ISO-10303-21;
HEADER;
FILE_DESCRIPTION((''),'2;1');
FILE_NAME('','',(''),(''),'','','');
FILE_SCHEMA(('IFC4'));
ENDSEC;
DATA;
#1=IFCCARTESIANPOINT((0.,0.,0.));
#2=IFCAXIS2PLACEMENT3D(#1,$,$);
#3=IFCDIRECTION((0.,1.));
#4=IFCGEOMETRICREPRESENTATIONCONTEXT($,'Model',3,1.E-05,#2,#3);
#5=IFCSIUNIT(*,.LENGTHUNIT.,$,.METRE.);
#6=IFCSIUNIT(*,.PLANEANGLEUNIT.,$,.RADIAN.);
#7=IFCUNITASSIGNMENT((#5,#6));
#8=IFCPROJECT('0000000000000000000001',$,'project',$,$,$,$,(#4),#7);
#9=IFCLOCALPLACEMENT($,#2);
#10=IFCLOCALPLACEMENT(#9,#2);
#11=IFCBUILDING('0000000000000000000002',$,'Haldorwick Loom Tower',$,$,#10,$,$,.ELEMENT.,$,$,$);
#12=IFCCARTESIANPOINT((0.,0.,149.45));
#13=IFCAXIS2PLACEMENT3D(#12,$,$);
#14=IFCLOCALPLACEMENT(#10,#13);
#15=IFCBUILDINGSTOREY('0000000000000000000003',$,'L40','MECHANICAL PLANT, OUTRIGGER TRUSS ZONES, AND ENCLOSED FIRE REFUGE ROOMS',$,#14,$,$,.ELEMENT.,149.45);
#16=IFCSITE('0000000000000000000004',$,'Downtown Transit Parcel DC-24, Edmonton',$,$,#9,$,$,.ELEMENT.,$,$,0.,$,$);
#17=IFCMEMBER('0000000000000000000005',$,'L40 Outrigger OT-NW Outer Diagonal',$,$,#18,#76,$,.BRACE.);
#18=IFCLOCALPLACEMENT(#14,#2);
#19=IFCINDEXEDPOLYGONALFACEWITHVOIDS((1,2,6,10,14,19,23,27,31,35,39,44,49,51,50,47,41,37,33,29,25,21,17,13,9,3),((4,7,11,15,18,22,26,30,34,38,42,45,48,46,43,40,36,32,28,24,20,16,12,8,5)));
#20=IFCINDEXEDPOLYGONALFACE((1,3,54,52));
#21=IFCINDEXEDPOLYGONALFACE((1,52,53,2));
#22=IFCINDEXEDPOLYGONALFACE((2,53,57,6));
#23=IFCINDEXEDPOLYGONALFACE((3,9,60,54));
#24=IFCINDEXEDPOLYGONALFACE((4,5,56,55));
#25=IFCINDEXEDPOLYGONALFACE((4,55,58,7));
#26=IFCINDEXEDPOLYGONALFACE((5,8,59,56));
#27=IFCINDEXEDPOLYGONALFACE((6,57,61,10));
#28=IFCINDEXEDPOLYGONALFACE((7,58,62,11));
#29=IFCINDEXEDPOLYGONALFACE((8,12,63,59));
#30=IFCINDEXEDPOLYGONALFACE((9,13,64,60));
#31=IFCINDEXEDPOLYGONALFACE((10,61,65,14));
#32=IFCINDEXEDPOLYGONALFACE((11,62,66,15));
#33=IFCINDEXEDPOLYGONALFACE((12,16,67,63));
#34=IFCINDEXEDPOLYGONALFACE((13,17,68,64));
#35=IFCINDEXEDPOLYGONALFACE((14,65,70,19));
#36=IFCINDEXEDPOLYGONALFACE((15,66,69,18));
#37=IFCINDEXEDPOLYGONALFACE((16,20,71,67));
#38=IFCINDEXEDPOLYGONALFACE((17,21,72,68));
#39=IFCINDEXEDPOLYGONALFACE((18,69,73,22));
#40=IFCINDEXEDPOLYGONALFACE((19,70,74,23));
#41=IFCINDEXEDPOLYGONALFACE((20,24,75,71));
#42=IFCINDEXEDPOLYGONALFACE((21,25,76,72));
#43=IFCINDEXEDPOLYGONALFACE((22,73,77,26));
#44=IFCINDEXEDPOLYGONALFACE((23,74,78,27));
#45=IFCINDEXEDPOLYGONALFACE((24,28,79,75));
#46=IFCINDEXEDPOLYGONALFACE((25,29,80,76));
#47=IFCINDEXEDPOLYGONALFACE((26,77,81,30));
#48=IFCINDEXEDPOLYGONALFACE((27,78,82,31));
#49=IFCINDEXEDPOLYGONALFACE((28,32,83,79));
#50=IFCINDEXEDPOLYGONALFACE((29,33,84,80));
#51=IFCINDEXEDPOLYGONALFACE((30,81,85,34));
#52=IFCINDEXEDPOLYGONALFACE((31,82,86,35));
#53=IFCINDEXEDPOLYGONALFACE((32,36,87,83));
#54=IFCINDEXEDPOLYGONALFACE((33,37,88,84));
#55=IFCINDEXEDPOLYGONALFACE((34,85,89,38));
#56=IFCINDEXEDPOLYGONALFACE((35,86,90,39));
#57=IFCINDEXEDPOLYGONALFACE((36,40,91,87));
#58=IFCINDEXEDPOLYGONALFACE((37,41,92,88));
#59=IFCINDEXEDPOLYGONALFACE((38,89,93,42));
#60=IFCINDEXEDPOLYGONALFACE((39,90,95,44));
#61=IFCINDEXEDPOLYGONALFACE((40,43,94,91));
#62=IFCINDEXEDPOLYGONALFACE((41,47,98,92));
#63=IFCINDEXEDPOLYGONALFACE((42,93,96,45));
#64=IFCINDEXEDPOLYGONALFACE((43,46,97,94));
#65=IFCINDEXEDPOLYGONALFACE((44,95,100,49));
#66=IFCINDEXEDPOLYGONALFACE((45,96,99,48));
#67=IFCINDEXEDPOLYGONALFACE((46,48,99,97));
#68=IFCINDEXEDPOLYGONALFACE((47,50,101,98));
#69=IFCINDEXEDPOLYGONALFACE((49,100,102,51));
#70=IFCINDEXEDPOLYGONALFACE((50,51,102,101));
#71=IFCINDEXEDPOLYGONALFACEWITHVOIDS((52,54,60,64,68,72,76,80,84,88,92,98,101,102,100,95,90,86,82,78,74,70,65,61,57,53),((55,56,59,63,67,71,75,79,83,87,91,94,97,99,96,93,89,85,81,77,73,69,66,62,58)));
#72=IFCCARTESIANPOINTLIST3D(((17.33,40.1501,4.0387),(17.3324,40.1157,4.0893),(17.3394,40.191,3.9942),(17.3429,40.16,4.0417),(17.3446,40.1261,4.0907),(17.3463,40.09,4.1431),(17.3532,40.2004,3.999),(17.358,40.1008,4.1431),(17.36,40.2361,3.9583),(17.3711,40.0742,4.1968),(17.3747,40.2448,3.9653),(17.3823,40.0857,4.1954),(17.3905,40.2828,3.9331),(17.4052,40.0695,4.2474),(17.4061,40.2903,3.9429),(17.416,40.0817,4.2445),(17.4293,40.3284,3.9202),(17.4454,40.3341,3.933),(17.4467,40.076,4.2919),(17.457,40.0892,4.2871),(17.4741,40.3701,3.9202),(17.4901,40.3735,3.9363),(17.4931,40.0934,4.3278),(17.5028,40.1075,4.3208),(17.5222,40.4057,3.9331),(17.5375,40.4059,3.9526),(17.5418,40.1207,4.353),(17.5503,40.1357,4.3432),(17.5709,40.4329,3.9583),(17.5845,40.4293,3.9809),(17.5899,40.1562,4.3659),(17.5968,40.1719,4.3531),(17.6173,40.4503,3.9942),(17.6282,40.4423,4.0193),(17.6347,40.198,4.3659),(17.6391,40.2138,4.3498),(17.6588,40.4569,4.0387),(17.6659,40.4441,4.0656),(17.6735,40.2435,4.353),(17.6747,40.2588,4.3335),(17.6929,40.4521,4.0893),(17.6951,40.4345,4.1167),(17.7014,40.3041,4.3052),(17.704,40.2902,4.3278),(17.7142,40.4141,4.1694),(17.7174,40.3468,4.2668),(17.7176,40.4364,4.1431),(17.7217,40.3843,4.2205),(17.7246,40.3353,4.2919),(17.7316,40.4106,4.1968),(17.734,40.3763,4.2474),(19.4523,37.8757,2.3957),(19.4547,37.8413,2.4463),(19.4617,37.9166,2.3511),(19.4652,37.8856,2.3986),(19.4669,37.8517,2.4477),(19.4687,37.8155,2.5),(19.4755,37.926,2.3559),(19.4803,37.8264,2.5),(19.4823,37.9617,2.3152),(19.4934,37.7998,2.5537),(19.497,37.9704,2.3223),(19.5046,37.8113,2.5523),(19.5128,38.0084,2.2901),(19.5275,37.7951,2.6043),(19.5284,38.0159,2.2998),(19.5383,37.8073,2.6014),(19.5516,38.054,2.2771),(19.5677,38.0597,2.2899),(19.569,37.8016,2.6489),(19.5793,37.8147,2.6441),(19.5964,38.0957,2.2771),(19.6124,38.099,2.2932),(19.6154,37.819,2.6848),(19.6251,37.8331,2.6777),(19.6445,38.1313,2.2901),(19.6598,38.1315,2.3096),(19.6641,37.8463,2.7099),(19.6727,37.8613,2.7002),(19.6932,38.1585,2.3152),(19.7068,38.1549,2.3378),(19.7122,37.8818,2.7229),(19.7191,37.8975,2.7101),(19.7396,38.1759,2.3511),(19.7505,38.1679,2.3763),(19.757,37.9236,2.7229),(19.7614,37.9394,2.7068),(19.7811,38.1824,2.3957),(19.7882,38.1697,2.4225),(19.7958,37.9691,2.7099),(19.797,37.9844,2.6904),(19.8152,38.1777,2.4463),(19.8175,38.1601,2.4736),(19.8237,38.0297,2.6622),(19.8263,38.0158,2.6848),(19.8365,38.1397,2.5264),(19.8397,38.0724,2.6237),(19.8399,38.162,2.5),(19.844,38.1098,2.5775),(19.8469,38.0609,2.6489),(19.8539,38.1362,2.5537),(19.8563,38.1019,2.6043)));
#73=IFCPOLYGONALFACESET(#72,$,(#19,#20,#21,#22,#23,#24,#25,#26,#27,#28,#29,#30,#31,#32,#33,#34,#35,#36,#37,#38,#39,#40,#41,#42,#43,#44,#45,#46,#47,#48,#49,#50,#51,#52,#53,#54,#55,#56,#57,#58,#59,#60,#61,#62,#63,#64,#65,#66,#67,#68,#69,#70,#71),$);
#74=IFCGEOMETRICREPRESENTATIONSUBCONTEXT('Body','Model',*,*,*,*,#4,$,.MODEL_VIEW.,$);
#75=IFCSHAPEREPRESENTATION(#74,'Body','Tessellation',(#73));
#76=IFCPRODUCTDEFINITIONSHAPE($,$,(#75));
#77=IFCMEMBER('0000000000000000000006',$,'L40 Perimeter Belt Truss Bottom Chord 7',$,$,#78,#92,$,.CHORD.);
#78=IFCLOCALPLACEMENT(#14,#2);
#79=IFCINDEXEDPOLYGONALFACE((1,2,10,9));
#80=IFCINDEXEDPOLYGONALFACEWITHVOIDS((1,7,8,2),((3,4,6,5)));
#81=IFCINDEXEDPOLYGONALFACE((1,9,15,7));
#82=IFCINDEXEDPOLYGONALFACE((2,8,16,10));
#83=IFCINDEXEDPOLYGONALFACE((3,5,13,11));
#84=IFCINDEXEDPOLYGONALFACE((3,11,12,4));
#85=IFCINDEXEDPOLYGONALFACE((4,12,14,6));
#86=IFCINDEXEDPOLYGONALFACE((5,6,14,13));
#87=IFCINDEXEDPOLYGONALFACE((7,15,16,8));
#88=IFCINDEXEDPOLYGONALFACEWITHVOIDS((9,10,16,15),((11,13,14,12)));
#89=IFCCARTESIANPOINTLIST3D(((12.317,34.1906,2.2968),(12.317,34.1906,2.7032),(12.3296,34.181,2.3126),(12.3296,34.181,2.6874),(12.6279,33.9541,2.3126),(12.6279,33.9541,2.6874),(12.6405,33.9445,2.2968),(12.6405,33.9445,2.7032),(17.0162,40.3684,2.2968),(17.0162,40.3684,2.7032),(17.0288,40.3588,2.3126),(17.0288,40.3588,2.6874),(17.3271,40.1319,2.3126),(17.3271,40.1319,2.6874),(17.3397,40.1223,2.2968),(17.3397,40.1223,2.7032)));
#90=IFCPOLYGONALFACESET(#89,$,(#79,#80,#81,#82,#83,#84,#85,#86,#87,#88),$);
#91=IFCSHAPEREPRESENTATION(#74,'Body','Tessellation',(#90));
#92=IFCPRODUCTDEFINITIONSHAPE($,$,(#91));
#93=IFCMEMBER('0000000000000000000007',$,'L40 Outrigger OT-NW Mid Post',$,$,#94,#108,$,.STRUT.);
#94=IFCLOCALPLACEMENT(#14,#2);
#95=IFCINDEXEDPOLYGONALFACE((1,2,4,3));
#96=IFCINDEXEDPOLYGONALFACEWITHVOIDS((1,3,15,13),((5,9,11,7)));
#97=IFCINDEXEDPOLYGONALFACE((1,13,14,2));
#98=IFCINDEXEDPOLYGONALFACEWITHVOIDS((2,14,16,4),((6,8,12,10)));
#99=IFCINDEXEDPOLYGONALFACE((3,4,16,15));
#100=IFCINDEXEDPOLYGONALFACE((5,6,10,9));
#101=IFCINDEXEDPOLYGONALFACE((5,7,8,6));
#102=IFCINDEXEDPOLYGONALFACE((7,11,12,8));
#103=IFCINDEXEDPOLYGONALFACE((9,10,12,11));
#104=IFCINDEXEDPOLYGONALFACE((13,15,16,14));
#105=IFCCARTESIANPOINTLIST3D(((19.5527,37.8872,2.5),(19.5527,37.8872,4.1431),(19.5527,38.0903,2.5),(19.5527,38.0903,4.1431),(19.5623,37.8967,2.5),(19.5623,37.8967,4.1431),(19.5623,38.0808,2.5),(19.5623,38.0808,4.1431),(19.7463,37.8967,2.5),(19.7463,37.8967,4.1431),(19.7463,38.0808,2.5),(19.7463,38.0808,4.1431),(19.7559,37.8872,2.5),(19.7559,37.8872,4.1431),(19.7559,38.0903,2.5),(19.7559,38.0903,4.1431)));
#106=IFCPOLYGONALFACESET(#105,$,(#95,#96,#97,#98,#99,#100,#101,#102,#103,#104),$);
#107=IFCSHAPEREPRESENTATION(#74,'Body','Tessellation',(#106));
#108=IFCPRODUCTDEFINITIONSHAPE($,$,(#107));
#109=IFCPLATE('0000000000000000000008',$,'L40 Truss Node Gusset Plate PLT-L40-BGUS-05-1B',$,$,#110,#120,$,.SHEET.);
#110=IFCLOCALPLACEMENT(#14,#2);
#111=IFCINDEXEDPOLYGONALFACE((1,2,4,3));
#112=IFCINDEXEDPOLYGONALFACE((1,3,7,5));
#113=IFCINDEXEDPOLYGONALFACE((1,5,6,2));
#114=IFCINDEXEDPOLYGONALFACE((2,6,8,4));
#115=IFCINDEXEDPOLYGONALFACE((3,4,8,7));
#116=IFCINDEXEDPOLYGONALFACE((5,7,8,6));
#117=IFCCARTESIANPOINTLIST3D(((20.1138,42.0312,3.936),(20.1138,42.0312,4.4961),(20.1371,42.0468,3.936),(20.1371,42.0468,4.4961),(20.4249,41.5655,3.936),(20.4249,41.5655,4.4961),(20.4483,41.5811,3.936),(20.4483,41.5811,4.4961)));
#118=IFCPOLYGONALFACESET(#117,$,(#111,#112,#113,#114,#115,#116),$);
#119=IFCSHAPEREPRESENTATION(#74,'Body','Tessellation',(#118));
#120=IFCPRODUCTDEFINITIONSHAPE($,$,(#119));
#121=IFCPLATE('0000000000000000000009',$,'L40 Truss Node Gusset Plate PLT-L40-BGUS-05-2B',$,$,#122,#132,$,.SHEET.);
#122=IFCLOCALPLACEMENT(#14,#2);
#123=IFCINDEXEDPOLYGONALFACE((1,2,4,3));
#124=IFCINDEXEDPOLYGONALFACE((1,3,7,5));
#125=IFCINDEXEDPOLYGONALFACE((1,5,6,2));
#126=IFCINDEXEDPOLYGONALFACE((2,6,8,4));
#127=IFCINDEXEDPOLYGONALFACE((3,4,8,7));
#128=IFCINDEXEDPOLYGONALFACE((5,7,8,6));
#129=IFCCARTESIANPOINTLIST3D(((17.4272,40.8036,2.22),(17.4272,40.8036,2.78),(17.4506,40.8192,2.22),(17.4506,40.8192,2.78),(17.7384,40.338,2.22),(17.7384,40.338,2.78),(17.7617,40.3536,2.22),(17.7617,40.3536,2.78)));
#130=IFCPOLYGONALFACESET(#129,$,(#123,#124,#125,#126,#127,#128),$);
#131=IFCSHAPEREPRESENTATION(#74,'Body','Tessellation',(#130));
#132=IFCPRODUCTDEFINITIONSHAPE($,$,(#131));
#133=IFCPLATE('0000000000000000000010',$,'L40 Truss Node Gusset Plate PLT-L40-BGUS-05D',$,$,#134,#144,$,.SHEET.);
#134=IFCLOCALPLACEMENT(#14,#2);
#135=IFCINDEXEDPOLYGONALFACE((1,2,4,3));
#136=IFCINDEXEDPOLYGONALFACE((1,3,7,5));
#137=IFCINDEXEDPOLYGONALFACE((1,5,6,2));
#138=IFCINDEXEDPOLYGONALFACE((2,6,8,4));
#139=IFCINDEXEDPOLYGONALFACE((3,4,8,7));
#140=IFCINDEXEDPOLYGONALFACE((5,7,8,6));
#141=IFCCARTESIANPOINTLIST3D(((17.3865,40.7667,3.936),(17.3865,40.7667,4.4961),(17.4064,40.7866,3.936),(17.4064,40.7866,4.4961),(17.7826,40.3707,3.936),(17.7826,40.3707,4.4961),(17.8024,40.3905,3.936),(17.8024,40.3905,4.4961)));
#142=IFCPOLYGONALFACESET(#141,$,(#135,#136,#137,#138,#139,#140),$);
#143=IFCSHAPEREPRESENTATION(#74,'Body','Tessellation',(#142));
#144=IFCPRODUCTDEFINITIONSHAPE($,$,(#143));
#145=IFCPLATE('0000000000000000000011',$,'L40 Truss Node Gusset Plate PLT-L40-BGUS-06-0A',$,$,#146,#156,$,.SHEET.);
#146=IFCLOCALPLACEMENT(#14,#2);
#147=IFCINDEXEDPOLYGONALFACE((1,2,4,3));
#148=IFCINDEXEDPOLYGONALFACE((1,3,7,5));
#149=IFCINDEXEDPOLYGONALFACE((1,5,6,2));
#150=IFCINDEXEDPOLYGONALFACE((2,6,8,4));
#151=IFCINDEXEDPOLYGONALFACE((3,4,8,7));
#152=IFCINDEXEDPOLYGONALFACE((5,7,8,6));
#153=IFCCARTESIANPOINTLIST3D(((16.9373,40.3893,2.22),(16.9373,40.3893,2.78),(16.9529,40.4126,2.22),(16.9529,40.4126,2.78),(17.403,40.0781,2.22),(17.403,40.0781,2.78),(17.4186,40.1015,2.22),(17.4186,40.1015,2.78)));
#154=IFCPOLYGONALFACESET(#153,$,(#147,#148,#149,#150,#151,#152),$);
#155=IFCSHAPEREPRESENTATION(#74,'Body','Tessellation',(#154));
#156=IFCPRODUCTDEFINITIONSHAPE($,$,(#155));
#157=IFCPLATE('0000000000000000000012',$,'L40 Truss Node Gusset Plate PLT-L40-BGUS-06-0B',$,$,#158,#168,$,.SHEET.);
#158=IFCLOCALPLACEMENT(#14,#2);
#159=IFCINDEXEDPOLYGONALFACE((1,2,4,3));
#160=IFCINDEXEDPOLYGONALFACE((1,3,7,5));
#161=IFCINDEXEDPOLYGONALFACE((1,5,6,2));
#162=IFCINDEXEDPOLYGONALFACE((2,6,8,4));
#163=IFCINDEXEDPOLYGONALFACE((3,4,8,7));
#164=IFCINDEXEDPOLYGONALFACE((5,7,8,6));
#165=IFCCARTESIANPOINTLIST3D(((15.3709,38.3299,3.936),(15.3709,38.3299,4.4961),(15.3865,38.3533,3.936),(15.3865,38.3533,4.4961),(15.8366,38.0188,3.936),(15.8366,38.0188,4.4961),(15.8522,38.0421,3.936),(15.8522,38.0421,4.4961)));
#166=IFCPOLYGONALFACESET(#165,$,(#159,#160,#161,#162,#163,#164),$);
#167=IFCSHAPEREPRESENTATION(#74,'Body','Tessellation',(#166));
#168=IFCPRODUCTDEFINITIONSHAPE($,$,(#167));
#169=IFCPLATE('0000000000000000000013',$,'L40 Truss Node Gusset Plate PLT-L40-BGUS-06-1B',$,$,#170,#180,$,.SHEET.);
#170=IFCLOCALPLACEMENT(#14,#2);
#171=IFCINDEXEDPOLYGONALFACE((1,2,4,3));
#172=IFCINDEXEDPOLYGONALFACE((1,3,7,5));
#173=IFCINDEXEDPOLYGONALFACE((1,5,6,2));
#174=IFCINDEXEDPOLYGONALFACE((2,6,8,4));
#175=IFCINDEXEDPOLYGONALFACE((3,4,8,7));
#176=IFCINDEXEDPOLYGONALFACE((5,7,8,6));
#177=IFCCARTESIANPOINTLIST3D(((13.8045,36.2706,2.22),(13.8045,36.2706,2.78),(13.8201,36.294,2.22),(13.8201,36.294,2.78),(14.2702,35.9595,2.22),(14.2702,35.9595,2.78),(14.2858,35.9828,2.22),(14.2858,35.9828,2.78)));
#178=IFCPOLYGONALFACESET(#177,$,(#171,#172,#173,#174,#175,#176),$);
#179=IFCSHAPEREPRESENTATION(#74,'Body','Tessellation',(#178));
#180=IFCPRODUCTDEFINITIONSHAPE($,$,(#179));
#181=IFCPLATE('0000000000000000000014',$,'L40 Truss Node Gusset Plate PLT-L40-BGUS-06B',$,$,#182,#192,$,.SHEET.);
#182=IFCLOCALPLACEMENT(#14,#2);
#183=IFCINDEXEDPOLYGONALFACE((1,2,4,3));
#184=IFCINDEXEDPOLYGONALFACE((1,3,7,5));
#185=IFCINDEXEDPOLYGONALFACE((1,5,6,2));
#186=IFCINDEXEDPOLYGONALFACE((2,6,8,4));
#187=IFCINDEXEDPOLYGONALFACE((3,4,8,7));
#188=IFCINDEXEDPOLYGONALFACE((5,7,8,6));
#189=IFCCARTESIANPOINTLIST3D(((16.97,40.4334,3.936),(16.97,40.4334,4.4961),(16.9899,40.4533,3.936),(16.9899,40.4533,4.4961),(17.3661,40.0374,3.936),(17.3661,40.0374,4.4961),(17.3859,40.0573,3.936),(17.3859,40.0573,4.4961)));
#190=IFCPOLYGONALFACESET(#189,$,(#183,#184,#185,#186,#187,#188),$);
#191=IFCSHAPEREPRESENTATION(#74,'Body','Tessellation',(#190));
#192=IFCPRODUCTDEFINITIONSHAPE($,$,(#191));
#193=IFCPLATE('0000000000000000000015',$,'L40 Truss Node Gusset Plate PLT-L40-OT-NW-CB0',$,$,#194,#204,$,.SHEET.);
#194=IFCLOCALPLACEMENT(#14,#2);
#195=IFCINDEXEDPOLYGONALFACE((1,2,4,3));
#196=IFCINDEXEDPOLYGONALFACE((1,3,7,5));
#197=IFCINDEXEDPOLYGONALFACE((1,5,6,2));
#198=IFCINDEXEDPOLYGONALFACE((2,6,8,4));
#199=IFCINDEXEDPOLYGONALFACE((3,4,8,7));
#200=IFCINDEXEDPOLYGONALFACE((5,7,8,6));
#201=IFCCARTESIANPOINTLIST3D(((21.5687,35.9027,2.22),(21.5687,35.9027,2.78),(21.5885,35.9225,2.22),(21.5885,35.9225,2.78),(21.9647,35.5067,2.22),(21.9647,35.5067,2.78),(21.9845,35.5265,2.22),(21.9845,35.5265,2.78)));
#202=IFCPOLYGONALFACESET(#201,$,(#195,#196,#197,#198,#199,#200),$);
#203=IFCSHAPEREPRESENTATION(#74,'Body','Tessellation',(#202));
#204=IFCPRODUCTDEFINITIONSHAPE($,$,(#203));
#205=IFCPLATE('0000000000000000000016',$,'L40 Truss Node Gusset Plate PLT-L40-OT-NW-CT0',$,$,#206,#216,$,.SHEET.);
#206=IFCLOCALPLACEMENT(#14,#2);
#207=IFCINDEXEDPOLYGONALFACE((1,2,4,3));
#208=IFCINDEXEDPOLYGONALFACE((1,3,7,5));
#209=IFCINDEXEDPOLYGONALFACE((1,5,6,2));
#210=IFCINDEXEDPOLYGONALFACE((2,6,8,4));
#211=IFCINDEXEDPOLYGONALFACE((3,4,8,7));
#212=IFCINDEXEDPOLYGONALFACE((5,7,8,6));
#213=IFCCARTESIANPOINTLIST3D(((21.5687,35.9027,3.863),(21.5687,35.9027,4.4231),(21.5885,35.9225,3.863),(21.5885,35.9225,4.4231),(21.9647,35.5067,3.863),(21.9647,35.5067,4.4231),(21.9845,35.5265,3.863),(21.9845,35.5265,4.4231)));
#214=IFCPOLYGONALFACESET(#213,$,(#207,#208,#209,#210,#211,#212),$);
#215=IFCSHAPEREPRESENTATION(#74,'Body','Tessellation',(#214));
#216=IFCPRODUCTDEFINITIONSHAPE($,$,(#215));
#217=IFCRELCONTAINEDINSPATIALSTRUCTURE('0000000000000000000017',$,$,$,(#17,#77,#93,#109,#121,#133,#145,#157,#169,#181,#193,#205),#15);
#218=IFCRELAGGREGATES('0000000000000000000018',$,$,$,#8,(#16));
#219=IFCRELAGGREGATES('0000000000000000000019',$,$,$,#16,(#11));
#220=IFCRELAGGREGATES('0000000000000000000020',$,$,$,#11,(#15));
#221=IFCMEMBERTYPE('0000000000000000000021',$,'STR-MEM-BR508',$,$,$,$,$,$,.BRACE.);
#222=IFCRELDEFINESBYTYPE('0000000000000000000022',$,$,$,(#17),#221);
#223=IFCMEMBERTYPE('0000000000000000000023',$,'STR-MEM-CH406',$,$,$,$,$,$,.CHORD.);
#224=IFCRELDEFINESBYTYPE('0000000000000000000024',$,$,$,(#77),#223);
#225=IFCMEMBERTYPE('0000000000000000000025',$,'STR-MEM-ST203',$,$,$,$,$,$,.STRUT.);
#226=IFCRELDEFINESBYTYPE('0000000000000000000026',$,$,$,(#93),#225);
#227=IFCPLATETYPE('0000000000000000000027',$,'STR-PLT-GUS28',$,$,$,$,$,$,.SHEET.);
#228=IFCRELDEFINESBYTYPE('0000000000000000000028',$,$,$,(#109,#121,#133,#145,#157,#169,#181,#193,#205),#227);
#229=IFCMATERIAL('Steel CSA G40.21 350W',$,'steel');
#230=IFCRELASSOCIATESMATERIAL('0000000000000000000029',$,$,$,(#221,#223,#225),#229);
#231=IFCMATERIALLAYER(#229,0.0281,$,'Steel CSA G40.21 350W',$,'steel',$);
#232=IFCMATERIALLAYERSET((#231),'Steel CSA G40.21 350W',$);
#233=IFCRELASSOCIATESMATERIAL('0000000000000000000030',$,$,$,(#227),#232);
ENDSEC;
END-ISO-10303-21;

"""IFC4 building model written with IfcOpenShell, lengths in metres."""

from ifc_helpers import new_model, si_unit, direction, frame, origin, origin_2d, place, context, subcontext, project, spatial, rectangle, hollow_rectangle, hollow_circle, extrude, material, layer, layer_set, material_profile, profile_set, type_object, element, save


model = new_model("IFC4")

# Units and contexts
model_context = context("Model", 3, precision=1e-05, world=origin(), true_north=direction((0.0, 1.0)))
body_context = subcontext(model_context, "Body", "Model", "MODEL_VIEW")
ifc_project = project(units=[si_unit("LENGTHUNIT", "METRE"), si_unit("PLANEANGLEUNIT", "RADIAN")], contexts=[model_context])

# Site, building, storey
site_placement = place(None, origin())
site = spatial("IfcSite", under=ifc_project, at=site_placement, Name="Downtown Transit Parcel DC-24, Edmonton", CompositionType="ELEMENT", RefElevation=0.0)
building_placement = place(site_placement, origin())
building = spatial("IfcBuilding", under=site, at=building_placement, Name="Haldorwick Loom Tower", CompositionType="ELEMENT")
storey_placement = place(building_placement, frame((0.0, 0.0, 149.45)))
storey = spatial("IfcBuildingStorey", under=building, at=storey_placement, Name="L40", Description="MECHANICAL PLANT, OUTRIGGER TRUSS ZONES, AND ENCLOSED FIRE REFUGE ROOMS", CompositionType="ELEMENT", Elevation=149.45)

# Shared definitions
ifc_material_1 = material(Name="Steel CSA G40.21 350W", Category="steel")

# Members
ifc_material_profile_1 = material_profile(ifc_material_1, hollow_circle(Radius=0.2539, WallThickness=0.0159, at=origin_2d()), Name="HSS508X16", Category="steel")
ifc_profile_set_1 = profile_set([ifc_material_profile_1], Name="Steel CSA G40.21 350W")
member_type_1 = type_object("IfcMemberType", Name="STR-MEM-BR508", PredefinedType="BRACE", material=ifc_profile_set_1)
member_1_placement = place(storey_placement, frame((19.6543, 37.9888, 2.5), z_axis=(-0.60326, 0.646494, 0.467036), x_axis=(-0.731131, -0.682237, 0.0)))
element("IfcMember", 1, at=member_1_placement, inside=storey, type_object=member_type_1, Name="L40 Outrigger OT-NW Outer Diagonal", PredefinedType="BRACE", context=body_context, shape_type="SweptSolid", body=[
    extrude(hollow_circle(Radius=0.2539, WallThickness=0.0159, at=origin_2d()), origin(), (0.0, 0.0, 1.0), 3.5181),
])
ifc_material_profile_2 = material_profile(ifc_material_1, hollow_rectangle(XDim=0.4065, YDim=0.4065, WallThickness=0.0159, at=origin_2d()), Name="HSS406X406X16", Category="steel")
ifc_profile_set_2 = profile_set([ifc_material_profile_2], Name="Steel CSA G40.21 350W")
member_type_2 = type_object("IfcMemberType", Name="STR-MEM-CH406", PredefinedType="CHORD", material=ifc_profile_set_2)
member_2_placement = place(storey_placement, frame((17.178, 40.2454, 2.5), z_axis=(-0.605421, -0.795905, 0.0), x_axis=(0.795905, -0.605421, 0.0)))
element("IfcMember", 2, at=member_2_placement, inside=storey, type_object=member_type_2, Name="L40 Perimeter Belt Truss Bottom Chord 7", PredefinedType="CHORD", context=body_context, shape_type="SweptSolid", body=[
    extrude(hollow_rectangle(XDim=0.4065, YDim=0.4065, WallThickness=0.0159, at=origin_2d()), origin(), (0.0, 0.0, 1.0), 7.762),
])
ifc_material_profile_3 = material_profile(ifc_material_1, hollow_rectangle(XDim=0.2031, YDim=0.2031, WallThickness=0.0095, at=origin_2d()), Name="HSS203X203X10", Category="steel")
ifc_profile_set_3 = profile_set([ifc_material_profile_3], Name="Steel CSA G40.21 350W")
member_type_3 = type_object("IfcMemberType", Name="STR-MEM-ST203", PredefinedType="STRUT", material=ifc_profile_set_3)
member_3_placement = place(storey_placement, frame((19.6543, 37.9888, 2.5), z_axis=(0.0, 0.0, 1.0), x_axis=(1.0, 0.0, 0.0)))
element("IfcMember", 3, at=member_3_placement, inside=storey, type_object=member_type_3, Name="L40 Outrigger OT-NW Mid Post", PredefinedType="STRUT", context=body_context, shape_type="SweptSolid", body=[
    extrude(hollow_rectangle(XDim=0.2031, YDim=0.2031, WallThickness=0.0095, at=origin_2d()), origin(), (0.0, 0.0, 1.0), 1.6431),
])

# Plates
ifc_layer_1 = layer(ifc_material_1, 0.0281, Name="Steel CSA G40.21 350W", Category="steel")
ifc_layer_set_1 = layer_set([ifc_layer_1], Name="Steel CSA G40.21 350W")
plate_type = type_object("IfcPlateType", Name="STR-PLT-GUS28", PredefinedType="SHEET", material=ifc_layer_set_1)
for number, where, z_axis, x_axis, name in (
    (4, (20.281, 41.8062, 3.936), (0.0, 0.0, 1.0), (-0.55557, 0.83147, 0.0), "L40 Truss Node Gusset Plate PLT-L40-BGUS-05-1B"),
    (5, (17.5945, 40.5786, 2.22), (0.0, 0.0, 1.0), (-0.55557, 0.83147, 0.0), "L40 Truss Node Gusset Plate PLT-L40-BGUS-05-2B"),
    (6, (17.5945, 40.5786, 3.936), (0.0, 0.0, 1.0), (-0.707107, 0.707107, 0.0), "L40 Truss Node Gusset Plate PLT-L40-BGUS-05D"),
    (7, (17.178, 40.2454, 2.22), (0.0, 0.0, 1.0), (-0.83147, 0.55557, 0.0), "L40 Truss Node Gusset Plate PLT-L40-BGUS-06-0A"),
    (8, (15.6116, 38.186, 3.936), (0.0, 0.0, 1.0), (-0.83147, 0.55557, 0.0), "L40 Truss Node Gusset Plate PLT-L40-BGUS-06-0B"),
    (9, (14.0452, 36.1267, 2.22), (0.0, 0.0, 1.0), (-0.83147, 0.55557, 0.0), "L40 Truss Node Gusset Plate PLT-L40-BGUS-06-1B"),
    (10, (17.178, 40.2454, 3.936), (0.0, 0.0, 1.0), (-0.707107, 0.707107, 0.0), "L40 Truss Node Gusset Plate PLT-L40-BGUS-06B"),
    (11, (21.7766, 35.7146, 2.22), (0.0, 0.0, 1.0), (-0.707107, 0.707107, 0.0), "L40 Truss Node Gusset Plate PLT-L40-OT-NW-CB0"),
    (12, (21.7766, 35.7146, 3.863), (0.0, 0.0, 1.0), (-0.707107, 0.707107, 0.0), "L40 Truss Node Gusset Plate PLT-L40-OT-NW-CT0"),
):
    element("IfcPlate", number, at=place(storey_placement, frame(where, z_axis=z_axis, x_axis=x_axis)), inside=storey, type_object=plate_type, Name=name, PredefinedType="SHEET", context=body_context, shape_type="SweptSolid", body=[
        extrude(rectangle(XDim=0.5601, YDim=0.0281, at=origin_2d()), origin(), (0.0, 0.0, 1.0), 0.5601),
    ])

save(model, "model.ifc")
